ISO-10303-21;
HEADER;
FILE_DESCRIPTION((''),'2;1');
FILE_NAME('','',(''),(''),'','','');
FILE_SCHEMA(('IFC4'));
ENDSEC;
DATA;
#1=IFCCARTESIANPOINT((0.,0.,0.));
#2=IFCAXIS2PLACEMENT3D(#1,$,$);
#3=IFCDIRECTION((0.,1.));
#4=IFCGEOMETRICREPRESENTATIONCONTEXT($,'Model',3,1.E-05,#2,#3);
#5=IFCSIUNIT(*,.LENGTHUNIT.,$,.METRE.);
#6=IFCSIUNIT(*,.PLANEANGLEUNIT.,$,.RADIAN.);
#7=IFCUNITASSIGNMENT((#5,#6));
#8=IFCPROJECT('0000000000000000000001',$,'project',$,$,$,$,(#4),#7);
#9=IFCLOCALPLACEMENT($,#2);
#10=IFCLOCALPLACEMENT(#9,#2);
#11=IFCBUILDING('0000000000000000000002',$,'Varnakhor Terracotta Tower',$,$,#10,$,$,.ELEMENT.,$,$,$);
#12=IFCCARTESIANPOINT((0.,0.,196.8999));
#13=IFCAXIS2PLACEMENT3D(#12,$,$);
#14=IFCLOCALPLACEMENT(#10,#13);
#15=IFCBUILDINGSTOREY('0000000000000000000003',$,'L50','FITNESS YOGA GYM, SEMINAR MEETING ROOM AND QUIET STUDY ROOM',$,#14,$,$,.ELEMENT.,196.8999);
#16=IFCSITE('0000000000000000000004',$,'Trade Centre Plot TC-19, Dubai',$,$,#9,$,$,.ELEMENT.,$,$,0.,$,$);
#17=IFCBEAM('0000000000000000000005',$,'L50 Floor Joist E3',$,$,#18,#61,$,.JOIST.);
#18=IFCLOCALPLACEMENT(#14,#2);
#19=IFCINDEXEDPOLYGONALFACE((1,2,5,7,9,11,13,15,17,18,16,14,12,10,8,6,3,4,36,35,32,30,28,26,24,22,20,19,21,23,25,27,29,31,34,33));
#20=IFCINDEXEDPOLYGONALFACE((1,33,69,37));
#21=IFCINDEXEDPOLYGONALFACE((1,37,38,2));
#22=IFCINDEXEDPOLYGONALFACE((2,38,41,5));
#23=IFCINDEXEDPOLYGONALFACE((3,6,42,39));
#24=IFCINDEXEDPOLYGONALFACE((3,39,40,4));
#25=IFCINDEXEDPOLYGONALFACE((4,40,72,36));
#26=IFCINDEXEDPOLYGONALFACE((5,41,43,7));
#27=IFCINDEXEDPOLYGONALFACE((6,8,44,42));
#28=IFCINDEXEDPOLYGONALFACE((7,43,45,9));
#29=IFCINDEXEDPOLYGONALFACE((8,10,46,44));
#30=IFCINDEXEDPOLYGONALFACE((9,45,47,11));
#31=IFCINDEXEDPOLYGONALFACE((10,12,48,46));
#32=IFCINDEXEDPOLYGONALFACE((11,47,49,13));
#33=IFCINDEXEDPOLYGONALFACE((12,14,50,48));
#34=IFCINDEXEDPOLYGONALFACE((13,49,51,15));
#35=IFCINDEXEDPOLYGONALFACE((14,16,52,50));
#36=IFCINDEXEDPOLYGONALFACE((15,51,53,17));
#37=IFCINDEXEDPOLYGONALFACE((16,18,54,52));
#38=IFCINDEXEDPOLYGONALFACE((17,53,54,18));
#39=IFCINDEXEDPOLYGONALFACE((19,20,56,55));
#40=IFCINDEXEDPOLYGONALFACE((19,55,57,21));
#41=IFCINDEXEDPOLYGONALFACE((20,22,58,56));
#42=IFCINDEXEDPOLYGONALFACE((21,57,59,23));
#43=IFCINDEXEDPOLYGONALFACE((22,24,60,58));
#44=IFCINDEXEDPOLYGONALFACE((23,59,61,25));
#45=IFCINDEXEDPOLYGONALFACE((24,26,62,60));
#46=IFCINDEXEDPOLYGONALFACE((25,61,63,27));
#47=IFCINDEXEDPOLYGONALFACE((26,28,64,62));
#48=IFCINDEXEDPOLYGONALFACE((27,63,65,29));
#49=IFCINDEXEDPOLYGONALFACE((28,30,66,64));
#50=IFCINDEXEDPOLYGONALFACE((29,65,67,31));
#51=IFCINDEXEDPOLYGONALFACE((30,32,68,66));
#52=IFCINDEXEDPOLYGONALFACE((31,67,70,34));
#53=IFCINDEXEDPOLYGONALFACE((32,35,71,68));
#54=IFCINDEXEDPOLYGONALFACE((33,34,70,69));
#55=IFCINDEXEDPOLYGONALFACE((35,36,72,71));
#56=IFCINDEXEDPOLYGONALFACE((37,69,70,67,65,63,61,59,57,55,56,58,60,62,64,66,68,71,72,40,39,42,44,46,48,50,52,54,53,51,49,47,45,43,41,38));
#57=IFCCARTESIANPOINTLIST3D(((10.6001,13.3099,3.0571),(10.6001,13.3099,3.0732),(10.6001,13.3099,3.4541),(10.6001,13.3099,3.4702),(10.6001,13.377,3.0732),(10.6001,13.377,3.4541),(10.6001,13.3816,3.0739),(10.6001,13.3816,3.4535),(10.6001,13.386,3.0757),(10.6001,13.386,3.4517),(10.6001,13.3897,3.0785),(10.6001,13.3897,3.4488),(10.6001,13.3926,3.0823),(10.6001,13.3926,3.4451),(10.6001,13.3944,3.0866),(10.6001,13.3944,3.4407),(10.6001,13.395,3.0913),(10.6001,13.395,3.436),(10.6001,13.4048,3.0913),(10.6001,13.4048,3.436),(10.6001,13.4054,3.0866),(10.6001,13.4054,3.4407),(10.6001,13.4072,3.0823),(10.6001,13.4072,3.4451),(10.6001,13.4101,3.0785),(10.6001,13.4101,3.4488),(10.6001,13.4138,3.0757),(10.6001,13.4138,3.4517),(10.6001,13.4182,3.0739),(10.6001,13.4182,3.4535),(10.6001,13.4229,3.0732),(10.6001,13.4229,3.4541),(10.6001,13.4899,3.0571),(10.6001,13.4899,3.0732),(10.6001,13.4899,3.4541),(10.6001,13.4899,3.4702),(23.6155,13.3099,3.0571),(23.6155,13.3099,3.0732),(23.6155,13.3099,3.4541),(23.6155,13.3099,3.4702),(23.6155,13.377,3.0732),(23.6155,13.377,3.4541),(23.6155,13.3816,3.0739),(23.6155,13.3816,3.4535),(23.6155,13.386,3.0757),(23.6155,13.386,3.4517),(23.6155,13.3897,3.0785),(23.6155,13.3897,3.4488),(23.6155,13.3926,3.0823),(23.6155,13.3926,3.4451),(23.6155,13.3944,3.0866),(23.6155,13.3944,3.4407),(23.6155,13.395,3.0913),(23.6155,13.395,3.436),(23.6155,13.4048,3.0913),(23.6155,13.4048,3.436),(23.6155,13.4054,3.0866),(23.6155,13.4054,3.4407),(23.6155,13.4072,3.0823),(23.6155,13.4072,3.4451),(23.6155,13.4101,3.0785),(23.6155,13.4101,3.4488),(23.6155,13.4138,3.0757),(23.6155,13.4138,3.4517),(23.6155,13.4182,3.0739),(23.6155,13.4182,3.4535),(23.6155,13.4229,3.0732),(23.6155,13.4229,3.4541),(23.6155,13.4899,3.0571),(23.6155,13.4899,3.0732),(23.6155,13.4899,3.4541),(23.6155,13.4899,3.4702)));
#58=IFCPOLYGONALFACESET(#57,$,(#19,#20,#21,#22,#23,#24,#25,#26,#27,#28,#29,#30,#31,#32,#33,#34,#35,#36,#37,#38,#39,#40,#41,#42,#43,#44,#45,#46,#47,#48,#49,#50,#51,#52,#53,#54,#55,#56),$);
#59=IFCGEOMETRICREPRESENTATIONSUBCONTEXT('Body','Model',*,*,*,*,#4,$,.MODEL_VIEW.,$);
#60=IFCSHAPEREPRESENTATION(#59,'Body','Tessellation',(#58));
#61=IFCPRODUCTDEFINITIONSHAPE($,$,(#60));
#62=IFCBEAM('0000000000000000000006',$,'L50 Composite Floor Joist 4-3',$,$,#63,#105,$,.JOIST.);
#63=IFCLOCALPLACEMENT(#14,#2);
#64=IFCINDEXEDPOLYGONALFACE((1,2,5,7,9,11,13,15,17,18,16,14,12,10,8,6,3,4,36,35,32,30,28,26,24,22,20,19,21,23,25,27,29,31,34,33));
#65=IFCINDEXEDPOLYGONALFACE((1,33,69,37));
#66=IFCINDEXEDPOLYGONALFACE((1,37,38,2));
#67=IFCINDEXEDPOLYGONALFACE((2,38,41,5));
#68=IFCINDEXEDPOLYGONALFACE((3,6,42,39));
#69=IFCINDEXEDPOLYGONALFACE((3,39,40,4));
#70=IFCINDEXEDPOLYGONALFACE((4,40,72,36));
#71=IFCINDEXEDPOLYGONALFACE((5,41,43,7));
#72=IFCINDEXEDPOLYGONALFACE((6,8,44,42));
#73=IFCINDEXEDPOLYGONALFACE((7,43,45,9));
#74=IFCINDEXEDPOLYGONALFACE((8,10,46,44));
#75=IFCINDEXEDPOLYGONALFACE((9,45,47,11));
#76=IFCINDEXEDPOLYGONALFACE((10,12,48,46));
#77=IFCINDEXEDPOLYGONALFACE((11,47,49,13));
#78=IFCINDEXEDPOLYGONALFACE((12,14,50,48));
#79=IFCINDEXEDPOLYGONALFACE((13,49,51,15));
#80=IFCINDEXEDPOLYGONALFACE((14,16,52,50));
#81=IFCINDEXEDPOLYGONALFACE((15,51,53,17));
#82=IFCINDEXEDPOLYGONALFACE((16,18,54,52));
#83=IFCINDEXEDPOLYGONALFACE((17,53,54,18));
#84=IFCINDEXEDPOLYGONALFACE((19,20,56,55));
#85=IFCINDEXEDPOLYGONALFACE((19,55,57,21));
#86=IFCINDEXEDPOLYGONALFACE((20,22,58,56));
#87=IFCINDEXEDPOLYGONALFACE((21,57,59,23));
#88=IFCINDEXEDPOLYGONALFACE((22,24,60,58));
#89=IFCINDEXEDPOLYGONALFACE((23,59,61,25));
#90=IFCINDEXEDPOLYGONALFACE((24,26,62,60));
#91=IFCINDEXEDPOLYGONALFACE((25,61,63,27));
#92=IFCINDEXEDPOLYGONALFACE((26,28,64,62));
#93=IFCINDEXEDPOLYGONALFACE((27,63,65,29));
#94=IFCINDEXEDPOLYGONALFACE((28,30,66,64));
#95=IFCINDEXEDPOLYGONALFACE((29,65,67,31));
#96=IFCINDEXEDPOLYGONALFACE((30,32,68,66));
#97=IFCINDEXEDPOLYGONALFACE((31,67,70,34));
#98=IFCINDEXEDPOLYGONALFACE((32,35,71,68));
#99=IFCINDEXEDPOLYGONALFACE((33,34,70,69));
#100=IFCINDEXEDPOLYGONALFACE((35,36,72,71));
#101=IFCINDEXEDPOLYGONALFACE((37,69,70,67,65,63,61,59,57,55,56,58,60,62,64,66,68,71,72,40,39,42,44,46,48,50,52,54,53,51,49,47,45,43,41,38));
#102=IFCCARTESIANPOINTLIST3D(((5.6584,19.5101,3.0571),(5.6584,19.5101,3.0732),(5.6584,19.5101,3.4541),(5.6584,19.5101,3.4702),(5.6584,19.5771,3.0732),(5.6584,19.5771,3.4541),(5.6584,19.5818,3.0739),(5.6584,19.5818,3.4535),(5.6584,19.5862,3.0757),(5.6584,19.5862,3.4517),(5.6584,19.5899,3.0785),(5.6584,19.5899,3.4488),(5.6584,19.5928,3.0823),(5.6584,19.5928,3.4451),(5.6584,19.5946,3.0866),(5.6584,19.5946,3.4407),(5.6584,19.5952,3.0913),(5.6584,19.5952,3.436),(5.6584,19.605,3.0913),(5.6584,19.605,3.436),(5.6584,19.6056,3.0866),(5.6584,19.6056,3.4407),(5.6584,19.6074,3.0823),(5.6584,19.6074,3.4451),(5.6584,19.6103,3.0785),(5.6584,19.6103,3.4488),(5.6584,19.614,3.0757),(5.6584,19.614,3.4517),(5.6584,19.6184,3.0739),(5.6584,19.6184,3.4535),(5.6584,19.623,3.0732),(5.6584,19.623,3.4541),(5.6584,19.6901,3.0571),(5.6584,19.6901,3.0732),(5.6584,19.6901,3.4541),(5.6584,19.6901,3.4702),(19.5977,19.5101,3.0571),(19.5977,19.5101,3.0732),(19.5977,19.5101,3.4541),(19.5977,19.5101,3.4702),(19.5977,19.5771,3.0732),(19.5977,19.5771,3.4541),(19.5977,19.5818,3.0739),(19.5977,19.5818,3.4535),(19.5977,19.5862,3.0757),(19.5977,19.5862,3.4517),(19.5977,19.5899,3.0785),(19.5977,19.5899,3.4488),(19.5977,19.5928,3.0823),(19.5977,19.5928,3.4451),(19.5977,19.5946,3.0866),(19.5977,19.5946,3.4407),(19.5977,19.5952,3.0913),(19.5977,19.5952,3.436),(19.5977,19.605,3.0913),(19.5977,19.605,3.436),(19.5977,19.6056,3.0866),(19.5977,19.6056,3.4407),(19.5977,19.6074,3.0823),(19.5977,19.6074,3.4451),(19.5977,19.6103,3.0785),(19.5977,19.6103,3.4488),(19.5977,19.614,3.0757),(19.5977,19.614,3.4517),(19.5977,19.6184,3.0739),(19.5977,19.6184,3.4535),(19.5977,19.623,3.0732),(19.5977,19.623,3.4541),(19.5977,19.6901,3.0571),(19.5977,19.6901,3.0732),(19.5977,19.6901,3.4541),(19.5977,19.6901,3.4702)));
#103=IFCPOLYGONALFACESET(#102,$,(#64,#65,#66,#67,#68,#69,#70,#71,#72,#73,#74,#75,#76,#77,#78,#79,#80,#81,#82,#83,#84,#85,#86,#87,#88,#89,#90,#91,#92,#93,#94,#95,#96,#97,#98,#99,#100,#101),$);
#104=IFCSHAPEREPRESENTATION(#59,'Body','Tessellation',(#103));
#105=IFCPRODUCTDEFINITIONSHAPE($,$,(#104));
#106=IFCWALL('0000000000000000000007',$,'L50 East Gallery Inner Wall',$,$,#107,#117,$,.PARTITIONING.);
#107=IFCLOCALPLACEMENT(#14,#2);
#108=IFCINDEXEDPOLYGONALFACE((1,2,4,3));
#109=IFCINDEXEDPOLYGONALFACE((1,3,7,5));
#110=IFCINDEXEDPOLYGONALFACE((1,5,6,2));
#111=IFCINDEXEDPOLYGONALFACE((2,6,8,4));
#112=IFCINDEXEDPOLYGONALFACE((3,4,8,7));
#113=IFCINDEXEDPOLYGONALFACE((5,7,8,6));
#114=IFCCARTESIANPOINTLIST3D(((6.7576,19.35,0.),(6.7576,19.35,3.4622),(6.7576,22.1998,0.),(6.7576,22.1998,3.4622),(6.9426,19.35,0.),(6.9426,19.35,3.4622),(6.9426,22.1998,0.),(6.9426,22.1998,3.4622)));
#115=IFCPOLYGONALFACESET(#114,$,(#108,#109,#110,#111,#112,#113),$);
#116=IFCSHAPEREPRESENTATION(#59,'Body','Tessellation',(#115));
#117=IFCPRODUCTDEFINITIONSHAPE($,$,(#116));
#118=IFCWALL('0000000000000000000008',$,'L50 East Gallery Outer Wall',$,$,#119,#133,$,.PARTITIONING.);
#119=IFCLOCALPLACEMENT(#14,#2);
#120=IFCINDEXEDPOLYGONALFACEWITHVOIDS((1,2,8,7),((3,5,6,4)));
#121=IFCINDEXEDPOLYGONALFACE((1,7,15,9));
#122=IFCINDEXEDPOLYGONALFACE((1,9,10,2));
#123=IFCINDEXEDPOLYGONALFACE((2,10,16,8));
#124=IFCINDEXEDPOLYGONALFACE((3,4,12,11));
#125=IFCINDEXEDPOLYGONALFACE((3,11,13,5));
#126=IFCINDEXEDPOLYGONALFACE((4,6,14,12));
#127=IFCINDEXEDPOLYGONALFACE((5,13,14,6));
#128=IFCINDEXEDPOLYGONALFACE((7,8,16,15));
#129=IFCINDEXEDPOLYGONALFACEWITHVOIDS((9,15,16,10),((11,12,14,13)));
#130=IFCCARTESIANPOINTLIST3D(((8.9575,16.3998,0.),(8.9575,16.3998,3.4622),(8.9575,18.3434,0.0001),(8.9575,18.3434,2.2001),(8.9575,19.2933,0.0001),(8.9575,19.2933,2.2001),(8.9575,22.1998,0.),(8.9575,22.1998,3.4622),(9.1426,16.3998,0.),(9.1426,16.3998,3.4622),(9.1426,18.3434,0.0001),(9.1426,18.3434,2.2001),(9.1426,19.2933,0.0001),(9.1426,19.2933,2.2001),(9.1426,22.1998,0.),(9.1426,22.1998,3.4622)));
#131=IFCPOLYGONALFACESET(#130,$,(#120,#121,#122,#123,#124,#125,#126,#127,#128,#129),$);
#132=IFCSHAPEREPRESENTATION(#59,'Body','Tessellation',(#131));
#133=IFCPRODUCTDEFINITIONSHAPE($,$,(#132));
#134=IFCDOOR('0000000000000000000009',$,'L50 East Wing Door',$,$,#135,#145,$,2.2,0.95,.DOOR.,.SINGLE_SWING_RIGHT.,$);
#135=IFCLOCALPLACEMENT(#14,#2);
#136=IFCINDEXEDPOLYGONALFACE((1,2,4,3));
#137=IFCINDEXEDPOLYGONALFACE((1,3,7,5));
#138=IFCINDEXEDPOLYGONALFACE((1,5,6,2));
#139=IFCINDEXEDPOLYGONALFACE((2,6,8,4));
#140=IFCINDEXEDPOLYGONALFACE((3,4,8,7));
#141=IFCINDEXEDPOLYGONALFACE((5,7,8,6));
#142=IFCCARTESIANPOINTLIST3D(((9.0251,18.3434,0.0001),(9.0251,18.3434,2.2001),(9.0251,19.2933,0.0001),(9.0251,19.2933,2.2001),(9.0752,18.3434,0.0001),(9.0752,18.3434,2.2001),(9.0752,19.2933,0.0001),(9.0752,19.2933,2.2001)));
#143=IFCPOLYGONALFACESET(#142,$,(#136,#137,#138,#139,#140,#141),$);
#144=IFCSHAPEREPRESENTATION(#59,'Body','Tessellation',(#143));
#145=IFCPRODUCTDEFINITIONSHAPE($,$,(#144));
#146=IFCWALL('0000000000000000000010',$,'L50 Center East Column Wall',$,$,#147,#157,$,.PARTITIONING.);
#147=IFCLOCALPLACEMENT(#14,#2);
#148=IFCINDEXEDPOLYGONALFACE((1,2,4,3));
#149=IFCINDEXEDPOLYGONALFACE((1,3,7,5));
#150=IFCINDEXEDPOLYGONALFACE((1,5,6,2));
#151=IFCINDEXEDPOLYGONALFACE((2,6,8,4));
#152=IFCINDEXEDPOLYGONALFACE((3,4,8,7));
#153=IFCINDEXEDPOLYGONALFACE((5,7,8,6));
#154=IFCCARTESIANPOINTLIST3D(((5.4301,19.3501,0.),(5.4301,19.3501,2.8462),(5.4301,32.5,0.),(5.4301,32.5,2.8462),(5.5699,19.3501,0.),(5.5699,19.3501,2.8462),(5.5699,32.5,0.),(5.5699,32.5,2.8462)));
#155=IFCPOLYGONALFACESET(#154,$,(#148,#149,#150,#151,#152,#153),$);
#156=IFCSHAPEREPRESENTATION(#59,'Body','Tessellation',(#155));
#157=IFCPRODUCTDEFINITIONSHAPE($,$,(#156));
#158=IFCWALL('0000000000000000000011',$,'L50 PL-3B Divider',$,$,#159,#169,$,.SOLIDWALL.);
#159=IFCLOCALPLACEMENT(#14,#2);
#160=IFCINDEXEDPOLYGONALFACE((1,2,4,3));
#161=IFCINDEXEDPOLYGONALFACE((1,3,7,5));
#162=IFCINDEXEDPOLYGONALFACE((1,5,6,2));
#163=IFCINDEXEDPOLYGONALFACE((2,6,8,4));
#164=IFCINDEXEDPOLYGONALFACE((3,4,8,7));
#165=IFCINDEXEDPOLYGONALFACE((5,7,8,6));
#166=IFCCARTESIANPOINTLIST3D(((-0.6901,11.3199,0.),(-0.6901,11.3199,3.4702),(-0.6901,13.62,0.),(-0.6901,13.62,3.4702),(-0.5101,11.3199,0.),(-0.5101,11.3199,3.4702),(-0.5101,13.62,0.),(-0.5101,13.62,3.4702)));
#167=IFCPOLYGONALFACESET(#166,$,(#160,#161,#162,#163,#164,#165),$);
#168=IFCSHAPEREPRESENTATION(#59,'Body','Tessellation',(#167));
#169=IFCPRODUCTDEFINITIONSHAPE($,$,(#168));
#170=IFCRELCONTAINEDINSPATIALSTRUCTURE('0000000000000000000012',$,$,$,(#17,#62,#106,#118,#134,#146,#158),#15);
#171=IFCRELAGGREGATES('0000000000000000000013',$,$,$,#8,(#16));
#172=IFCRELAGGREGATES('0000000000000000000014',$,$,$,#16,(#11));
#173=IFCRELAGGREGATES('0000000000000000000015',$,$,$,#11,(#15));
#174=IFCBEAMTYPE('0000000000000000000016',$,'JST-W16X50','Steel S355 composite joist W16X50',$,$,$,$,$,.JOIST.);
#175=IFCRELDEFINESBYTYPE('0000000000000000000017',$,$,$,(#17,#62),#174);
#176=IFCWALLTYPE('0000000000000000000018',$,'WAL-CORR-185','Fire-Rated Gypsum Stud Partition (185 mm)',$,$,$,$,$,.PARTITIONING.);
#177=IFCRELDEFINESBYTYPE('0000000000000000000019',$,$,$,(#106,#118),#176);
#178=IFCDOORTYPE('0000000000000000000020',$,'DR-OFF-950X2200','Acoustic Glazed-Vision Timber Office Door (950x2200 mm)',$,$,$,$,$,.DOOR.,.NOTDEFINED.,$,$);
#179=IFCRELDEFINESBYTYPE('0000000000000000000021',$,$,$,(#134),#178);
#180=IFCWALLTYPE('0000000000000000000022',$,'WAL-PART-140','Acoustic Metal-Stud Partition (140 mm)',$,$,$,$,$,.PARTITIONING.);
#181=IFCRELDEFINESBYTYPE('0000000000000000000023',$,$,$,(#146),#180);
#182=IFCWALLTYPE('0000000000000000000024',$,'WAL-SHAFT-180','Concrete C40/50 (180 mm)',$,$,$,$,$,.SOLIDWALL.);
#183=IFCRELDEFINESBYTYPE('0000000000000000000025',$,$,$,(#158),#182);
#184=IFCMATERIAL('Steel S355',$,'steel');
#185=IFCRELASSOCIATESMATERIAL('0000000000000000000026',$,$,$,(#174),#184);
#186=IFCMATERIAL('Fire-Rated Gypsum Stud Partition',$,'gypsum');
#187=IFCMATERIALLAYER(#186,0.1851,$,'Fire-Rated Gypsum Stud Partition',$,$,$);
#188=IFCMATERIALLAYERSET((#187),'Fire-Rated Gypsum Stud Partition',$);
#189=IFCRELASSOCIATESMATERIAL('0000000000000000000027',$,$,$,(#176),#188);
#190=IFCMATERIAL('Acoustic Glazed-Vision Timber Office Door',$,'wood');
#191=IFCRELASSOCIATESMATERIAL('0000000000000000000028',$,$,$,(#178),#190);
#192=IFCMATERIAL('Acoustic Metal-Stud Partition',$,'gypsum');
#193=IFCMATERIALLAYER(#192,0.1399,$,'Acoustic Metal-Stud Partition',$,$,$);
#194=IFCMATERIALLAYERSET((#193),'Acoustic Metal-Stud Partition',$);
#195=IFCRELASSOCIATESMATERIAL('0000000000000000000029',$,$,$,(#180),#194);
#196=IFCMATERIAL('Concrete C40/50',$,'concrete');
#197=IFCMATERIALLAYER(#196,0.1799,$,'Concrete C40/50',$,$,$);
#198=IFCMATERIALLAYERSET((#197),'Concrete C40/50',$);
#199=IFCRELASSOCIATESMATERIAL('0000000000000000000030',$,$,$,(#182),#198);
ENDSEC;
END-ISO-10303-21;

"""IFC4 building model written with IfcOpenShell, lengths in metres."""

from ifc_helpers import new_model, si_unit, direction, frame, frame_2d, origin, origin_2d, place, context, subcontext, project, spatial, rectangle, i_section, extrude, source, transform, mapped, material, layer, layer_set, material_profile, profile_set, type_object, type_shapes, element, fill, save


model = new_model("IFC4")

# Units and contexts
model_context = context("Model", 3, precision=1e-05, world=origin(), true_north=direction((0.0, 1.0)))
body_context = subcontext(model_context, "Body", "Model", "MODEL_VIEW")
ifc_project = project(units=[si_unit("LENGTHUNIT", "METRE"), si_unit("PLANEANGLEUNIT", "RADIAN")], contexts=[model_context])

# Site, building, storey
site_placement = place(None, origin())
site = spatial("IfcSite", under=ifc_project, at=site_placement, Name="Trade Centre Plot TC-19, Dubai", CompositionType="ELEMENT", RefElevation=0.0)
building_placement = place(site_placement, origin())
building = spatial("IfcBuilding", under=site, at=building_placement, Name="Varnakhor Terracotta Tower", CompositionType="ELEMENT")
storey_placement = place(building_placement, frame((0.0, 0.0, 196.8999)))
storey = spatial("IfcBuildingStorey", under=building, at=storey_placement, Name="L50", Description="FITNESS YOGA GYM, SEMINAR MEETING ROOM AND QUIET STUDY ROOM", CompositionType="ELEMENT", Elevation=196.8999)

# Beams
ifc_material_1 = material(Name="Steel S355", Category="steel")
ifc_material_profile_1 = material_profile(ifc_material_1, i_section(OverallWidth=0.1799, OverallDepth=0.4131, WebThickness=0.0098, FlangeThickness=0.0161, FilletRadius=0.0181, at=origin_2d()), Name="W16X50")
ifc_profile_set_1 = profile_set([ifc_material_profile_1], Name="Steel S355")
beam_type_1 = type_object("IfcBeamType", Name="JST-W16X50", Description="Steel S355 composite joist W16X50", PredefinedType="JOIST", material=ifc_profile_set_1)
shared_shape_1 = source(origin(), body_context, "Body", "SweptSolid", [
    extrude(i_section(OverallWidth=0.1799, OverallDepth=0.4131, WebThickness=0.0098, FlangeThickness=0.0161, FilletRadius=0.0181, at=origin_2d()), origin(), (0.0, 0.0, 1.0), 13.0154),
])
beam_1_placement = place(storey_placement, frame((10.6001, 13.3999, 3.2637), z_axis=(1.0, 0.0, 0.0), x_axis=(0.0, 1.0, 0.0)))
element("IfcBeam", 1, at=beam_1_placement, inside=storey, type_object=beam_type_1, Name="L50 Floor Joist E3", PredefinedType="JOIST", context=body_context, shape_type="MappedRepresentation", body=[
    mapped(shared_shape_1, transform((0.0, 0.0, 0.0), scale=1.0)),
])
shared_shape_2 = source(origin(), body_context, "Body", "SweptSolid", [
    extrude(i_section(OverallWidth=0.1799, OverallDepth=0.4131, WebThickness=0.0098, FlangeThickness=0.0161, FilletRadius=0.0181, at=origin_2d()), origin(), (0.0, 0.0, 1.0), 13.9392),
])
beam_2_placement = place(storey_placement, frame((5.6584, 19.6001, 3.2637), z_axis=(1.0, 0.0, 0.0), x_axis=(0.0, 1.0, 0.0)))
element("IfcBeam", 2, at=beam_2_placement, inside=storey, type_object=beam_type_1, Name="L50 Composite Floor Joist 4-3", PredefinedType="JOIST", context=body_context, shape_type="MappedRepresentation", body=[
    mapped(shared_shape_2, transform((0.0, 0.0, 0.0), scale=1.0)),
])

# Wall
ifc_material_2 = material(Name="Fire-Rated Gypsum Stud Partition", Category="gypsum")
ifc_layer_1 = layer(ifc_material_2, 0.1851, Name="Fire-Rated Gypsum Stud Partition")
ifc_layer_set_1 = layer_set([ifc_layer_1], Name="Fire-Rated Gypsum Stud Partition")
wall_type_1 = type_object("IfcWallType", Name="WAL-CORR-185", Description="Fire-Rated Gypsum Stud Partition (185 mm)", PredefinedType="PARTITIONING", material=ifc_layer_set_1)
wall_1_placement = place(storey_placement, frame((6.8501, 19.3501, 0.0), z_axis=(0.0, 0.0, 1.0), x_axis=(0.0, 1.0, 0.0)))
element("IfcWall", 3, at=wall_1_placement, inside=storey, type_object=wall_type_1, Name="L50 East Gallery Inner Wall", PredefinedType="PARTITIONING", context=body_context, shape_type="SweptSolid", body=[
    extrude(rectangle(XDim=2.8499, YDim=0.1851, at=frame_2d((1.4248, 0.0))), origin(), (0.0, 0.0, 1.0), 3.4622),
])

# Wall, opening, door
wall_2_placement = place(storey_placement, frame((9.05, 16.3999, 0.0), z_axis=(0.0, 0.0, 1.0), x_axis=(0.0, 1.0, 0.0)))
wall_2 = element("IfcWall", 4, at=wall_2_placement, inside=storey, type_object=wall_type_1, Name="L50 East Gallery Outer Wall", PredefinedType="PARTITIONING", context=body_context, shape_type="SweptSolid", body=[
    extrude(rectangle(XDim=5.8, YDim=0.1851, at=frame_2d((2.8999, 0.0))), origin(), (0.0, 0.0, 1.0), 3.4622),
])
opening_1_placement = place(wall_2_placement, frame((1.9434, 0.0, 0.0)))
opening_1 = element("IfcOpeningElement", 5, at=opening_1_placement, cuts=wall_2, PredefinedType="OPENING", context=body_context, shape_type="SweptSolid", body=[
    extrude(rectangle(XDim=0.95, YDim=2.2, at=frame_2d((0.4751, 1.1001))), frame((0.0, 0.1025, 0.0), z_axis=(0.0, -1.0, 0.0), x_axis=(1.0, 0.0, 0.0)), (0.0, 0.0, 1.0), 0.2051),
])
ifc_material_3 = material(Name="Acoustic Glazed-Vision Timber Office Door", Category="wood")
door_type_1 = type_object("IfcDoorType", Name="DR-OFF-950X2200", Description="Acoustic Glazed-Vision Timber Office Door (950x2200 mm)", OperationType="NOTDEFINED", PredefinedType="DOOR", material=ifc_material_3)
shared_shape_3 = source(origin(), body_context, "Body", "SweptSolid", [
    extrude(rectangle(XDim=0.95, YDim=2.2, at=frame_2d((0.4751, 1.1001))), frame((0.0, 0.0249, 0.0), z_axis=(0.0, -1.0, 0.0), x_axis=(1.0, 0.0, 0.0)), (0.0, 0.0, 1.0), 0.05),
])
type_shapes(door_type_1, [shared_shape_3])
door_1_placement = place(opening_1_placement, origin())
door_1 = element("IfcDoor", 6, at=door_1_placement, inside=storey, type_object=door_type_1, Name="L50 East Wing Door", OperationType="SINGLE_SWING_RIGHT", OverallHeight=2.2, OverallWidth=0.95, PredefinedType="DOOR", context=body_context, shape_type="MappedRepresentation", body=[
    mapped(shared_shape_3, transform((0.0, 0.0, 0.0), scale=1.0)),
])
fill(opening_1, door_1)

# Walls
ifc_material_4 = material(Name="Acoustic Metal-Stud Partition", Category="gypsum")
ifc_layer_2 = layer(ifc_material_4, 0.1399, Name="Acoustic Metal-Stud Partition")
ifc_layer_set_2 = layer_set([ifc_layer_2], Name="Acoustic Metal-Stud Partition")
wall_type_2 = type_object("IfcWallType", Name="WAL-PART-140", Description="Acoustic Metal-Stud Partition (140 mm)", PredefinedType="PARTITIONING", material=ifc_layer_set_2)
wall_3_placement = place(storey_placement, frame((5.5, 19.3501, 0.0), z_axis=(0.0, 0.0, 1.0), x_axis=(0.0, 1.0, 0.0)))
element("IfcWall", 7, at=wall_3_placement, inside=storey, type_object=wall_type_2, Name="L50 Center East Column Wall", PredefinedType="PARTITIONING", context=body_context, shape_type="SweptSolid", body=[
    extrude(rectangle(XDim=13.1499, YDim=0.1399, at=frame_2d((6.575, 0.0))), origin(), (0.0, 0.0, 1.0), 2.8462),
])
ifc_material_5 = material(Name="Concrete C40/50", Category="concrete")
ifc_layer_3 = layer(ifc_material_5, 0.1799, Name="Concrete C40/50")
ifc_layer_set_3 = layer_set([ifc_layer_3], Name="Concrete C40/50")
wall_type_3 = type_object("IfcWallType", Name="WAL-SHAFT-180", Description="Concrete C40/50 (180 mm)", PredefinedType="SOLIDWALL", material=ifc_layer_set_3)
wall_4_placement = place(storey_placement, frame((-0.6001, 11.3201, 0.0), z_axis=(0.0, 0.0, 1.0), x_axis=(0.0, 1.0, 0.0)))
element("IfcWall", 8, at=wall_4_placement, inside=storey, type_object=wall_type_3, Name="L50 PL-3B Divider", PredefinedType="SOLIDWALL", context=body_context, shape_type="SweptSolid", body=[
    extrude(rectangle(XDim=2.3, YDim=0.1799, at=frame_2d((1.1499, 0.0))), origin(), (0.0, 0.0, 1.0), 3.4702),
])

save(model, "model.ifc")
